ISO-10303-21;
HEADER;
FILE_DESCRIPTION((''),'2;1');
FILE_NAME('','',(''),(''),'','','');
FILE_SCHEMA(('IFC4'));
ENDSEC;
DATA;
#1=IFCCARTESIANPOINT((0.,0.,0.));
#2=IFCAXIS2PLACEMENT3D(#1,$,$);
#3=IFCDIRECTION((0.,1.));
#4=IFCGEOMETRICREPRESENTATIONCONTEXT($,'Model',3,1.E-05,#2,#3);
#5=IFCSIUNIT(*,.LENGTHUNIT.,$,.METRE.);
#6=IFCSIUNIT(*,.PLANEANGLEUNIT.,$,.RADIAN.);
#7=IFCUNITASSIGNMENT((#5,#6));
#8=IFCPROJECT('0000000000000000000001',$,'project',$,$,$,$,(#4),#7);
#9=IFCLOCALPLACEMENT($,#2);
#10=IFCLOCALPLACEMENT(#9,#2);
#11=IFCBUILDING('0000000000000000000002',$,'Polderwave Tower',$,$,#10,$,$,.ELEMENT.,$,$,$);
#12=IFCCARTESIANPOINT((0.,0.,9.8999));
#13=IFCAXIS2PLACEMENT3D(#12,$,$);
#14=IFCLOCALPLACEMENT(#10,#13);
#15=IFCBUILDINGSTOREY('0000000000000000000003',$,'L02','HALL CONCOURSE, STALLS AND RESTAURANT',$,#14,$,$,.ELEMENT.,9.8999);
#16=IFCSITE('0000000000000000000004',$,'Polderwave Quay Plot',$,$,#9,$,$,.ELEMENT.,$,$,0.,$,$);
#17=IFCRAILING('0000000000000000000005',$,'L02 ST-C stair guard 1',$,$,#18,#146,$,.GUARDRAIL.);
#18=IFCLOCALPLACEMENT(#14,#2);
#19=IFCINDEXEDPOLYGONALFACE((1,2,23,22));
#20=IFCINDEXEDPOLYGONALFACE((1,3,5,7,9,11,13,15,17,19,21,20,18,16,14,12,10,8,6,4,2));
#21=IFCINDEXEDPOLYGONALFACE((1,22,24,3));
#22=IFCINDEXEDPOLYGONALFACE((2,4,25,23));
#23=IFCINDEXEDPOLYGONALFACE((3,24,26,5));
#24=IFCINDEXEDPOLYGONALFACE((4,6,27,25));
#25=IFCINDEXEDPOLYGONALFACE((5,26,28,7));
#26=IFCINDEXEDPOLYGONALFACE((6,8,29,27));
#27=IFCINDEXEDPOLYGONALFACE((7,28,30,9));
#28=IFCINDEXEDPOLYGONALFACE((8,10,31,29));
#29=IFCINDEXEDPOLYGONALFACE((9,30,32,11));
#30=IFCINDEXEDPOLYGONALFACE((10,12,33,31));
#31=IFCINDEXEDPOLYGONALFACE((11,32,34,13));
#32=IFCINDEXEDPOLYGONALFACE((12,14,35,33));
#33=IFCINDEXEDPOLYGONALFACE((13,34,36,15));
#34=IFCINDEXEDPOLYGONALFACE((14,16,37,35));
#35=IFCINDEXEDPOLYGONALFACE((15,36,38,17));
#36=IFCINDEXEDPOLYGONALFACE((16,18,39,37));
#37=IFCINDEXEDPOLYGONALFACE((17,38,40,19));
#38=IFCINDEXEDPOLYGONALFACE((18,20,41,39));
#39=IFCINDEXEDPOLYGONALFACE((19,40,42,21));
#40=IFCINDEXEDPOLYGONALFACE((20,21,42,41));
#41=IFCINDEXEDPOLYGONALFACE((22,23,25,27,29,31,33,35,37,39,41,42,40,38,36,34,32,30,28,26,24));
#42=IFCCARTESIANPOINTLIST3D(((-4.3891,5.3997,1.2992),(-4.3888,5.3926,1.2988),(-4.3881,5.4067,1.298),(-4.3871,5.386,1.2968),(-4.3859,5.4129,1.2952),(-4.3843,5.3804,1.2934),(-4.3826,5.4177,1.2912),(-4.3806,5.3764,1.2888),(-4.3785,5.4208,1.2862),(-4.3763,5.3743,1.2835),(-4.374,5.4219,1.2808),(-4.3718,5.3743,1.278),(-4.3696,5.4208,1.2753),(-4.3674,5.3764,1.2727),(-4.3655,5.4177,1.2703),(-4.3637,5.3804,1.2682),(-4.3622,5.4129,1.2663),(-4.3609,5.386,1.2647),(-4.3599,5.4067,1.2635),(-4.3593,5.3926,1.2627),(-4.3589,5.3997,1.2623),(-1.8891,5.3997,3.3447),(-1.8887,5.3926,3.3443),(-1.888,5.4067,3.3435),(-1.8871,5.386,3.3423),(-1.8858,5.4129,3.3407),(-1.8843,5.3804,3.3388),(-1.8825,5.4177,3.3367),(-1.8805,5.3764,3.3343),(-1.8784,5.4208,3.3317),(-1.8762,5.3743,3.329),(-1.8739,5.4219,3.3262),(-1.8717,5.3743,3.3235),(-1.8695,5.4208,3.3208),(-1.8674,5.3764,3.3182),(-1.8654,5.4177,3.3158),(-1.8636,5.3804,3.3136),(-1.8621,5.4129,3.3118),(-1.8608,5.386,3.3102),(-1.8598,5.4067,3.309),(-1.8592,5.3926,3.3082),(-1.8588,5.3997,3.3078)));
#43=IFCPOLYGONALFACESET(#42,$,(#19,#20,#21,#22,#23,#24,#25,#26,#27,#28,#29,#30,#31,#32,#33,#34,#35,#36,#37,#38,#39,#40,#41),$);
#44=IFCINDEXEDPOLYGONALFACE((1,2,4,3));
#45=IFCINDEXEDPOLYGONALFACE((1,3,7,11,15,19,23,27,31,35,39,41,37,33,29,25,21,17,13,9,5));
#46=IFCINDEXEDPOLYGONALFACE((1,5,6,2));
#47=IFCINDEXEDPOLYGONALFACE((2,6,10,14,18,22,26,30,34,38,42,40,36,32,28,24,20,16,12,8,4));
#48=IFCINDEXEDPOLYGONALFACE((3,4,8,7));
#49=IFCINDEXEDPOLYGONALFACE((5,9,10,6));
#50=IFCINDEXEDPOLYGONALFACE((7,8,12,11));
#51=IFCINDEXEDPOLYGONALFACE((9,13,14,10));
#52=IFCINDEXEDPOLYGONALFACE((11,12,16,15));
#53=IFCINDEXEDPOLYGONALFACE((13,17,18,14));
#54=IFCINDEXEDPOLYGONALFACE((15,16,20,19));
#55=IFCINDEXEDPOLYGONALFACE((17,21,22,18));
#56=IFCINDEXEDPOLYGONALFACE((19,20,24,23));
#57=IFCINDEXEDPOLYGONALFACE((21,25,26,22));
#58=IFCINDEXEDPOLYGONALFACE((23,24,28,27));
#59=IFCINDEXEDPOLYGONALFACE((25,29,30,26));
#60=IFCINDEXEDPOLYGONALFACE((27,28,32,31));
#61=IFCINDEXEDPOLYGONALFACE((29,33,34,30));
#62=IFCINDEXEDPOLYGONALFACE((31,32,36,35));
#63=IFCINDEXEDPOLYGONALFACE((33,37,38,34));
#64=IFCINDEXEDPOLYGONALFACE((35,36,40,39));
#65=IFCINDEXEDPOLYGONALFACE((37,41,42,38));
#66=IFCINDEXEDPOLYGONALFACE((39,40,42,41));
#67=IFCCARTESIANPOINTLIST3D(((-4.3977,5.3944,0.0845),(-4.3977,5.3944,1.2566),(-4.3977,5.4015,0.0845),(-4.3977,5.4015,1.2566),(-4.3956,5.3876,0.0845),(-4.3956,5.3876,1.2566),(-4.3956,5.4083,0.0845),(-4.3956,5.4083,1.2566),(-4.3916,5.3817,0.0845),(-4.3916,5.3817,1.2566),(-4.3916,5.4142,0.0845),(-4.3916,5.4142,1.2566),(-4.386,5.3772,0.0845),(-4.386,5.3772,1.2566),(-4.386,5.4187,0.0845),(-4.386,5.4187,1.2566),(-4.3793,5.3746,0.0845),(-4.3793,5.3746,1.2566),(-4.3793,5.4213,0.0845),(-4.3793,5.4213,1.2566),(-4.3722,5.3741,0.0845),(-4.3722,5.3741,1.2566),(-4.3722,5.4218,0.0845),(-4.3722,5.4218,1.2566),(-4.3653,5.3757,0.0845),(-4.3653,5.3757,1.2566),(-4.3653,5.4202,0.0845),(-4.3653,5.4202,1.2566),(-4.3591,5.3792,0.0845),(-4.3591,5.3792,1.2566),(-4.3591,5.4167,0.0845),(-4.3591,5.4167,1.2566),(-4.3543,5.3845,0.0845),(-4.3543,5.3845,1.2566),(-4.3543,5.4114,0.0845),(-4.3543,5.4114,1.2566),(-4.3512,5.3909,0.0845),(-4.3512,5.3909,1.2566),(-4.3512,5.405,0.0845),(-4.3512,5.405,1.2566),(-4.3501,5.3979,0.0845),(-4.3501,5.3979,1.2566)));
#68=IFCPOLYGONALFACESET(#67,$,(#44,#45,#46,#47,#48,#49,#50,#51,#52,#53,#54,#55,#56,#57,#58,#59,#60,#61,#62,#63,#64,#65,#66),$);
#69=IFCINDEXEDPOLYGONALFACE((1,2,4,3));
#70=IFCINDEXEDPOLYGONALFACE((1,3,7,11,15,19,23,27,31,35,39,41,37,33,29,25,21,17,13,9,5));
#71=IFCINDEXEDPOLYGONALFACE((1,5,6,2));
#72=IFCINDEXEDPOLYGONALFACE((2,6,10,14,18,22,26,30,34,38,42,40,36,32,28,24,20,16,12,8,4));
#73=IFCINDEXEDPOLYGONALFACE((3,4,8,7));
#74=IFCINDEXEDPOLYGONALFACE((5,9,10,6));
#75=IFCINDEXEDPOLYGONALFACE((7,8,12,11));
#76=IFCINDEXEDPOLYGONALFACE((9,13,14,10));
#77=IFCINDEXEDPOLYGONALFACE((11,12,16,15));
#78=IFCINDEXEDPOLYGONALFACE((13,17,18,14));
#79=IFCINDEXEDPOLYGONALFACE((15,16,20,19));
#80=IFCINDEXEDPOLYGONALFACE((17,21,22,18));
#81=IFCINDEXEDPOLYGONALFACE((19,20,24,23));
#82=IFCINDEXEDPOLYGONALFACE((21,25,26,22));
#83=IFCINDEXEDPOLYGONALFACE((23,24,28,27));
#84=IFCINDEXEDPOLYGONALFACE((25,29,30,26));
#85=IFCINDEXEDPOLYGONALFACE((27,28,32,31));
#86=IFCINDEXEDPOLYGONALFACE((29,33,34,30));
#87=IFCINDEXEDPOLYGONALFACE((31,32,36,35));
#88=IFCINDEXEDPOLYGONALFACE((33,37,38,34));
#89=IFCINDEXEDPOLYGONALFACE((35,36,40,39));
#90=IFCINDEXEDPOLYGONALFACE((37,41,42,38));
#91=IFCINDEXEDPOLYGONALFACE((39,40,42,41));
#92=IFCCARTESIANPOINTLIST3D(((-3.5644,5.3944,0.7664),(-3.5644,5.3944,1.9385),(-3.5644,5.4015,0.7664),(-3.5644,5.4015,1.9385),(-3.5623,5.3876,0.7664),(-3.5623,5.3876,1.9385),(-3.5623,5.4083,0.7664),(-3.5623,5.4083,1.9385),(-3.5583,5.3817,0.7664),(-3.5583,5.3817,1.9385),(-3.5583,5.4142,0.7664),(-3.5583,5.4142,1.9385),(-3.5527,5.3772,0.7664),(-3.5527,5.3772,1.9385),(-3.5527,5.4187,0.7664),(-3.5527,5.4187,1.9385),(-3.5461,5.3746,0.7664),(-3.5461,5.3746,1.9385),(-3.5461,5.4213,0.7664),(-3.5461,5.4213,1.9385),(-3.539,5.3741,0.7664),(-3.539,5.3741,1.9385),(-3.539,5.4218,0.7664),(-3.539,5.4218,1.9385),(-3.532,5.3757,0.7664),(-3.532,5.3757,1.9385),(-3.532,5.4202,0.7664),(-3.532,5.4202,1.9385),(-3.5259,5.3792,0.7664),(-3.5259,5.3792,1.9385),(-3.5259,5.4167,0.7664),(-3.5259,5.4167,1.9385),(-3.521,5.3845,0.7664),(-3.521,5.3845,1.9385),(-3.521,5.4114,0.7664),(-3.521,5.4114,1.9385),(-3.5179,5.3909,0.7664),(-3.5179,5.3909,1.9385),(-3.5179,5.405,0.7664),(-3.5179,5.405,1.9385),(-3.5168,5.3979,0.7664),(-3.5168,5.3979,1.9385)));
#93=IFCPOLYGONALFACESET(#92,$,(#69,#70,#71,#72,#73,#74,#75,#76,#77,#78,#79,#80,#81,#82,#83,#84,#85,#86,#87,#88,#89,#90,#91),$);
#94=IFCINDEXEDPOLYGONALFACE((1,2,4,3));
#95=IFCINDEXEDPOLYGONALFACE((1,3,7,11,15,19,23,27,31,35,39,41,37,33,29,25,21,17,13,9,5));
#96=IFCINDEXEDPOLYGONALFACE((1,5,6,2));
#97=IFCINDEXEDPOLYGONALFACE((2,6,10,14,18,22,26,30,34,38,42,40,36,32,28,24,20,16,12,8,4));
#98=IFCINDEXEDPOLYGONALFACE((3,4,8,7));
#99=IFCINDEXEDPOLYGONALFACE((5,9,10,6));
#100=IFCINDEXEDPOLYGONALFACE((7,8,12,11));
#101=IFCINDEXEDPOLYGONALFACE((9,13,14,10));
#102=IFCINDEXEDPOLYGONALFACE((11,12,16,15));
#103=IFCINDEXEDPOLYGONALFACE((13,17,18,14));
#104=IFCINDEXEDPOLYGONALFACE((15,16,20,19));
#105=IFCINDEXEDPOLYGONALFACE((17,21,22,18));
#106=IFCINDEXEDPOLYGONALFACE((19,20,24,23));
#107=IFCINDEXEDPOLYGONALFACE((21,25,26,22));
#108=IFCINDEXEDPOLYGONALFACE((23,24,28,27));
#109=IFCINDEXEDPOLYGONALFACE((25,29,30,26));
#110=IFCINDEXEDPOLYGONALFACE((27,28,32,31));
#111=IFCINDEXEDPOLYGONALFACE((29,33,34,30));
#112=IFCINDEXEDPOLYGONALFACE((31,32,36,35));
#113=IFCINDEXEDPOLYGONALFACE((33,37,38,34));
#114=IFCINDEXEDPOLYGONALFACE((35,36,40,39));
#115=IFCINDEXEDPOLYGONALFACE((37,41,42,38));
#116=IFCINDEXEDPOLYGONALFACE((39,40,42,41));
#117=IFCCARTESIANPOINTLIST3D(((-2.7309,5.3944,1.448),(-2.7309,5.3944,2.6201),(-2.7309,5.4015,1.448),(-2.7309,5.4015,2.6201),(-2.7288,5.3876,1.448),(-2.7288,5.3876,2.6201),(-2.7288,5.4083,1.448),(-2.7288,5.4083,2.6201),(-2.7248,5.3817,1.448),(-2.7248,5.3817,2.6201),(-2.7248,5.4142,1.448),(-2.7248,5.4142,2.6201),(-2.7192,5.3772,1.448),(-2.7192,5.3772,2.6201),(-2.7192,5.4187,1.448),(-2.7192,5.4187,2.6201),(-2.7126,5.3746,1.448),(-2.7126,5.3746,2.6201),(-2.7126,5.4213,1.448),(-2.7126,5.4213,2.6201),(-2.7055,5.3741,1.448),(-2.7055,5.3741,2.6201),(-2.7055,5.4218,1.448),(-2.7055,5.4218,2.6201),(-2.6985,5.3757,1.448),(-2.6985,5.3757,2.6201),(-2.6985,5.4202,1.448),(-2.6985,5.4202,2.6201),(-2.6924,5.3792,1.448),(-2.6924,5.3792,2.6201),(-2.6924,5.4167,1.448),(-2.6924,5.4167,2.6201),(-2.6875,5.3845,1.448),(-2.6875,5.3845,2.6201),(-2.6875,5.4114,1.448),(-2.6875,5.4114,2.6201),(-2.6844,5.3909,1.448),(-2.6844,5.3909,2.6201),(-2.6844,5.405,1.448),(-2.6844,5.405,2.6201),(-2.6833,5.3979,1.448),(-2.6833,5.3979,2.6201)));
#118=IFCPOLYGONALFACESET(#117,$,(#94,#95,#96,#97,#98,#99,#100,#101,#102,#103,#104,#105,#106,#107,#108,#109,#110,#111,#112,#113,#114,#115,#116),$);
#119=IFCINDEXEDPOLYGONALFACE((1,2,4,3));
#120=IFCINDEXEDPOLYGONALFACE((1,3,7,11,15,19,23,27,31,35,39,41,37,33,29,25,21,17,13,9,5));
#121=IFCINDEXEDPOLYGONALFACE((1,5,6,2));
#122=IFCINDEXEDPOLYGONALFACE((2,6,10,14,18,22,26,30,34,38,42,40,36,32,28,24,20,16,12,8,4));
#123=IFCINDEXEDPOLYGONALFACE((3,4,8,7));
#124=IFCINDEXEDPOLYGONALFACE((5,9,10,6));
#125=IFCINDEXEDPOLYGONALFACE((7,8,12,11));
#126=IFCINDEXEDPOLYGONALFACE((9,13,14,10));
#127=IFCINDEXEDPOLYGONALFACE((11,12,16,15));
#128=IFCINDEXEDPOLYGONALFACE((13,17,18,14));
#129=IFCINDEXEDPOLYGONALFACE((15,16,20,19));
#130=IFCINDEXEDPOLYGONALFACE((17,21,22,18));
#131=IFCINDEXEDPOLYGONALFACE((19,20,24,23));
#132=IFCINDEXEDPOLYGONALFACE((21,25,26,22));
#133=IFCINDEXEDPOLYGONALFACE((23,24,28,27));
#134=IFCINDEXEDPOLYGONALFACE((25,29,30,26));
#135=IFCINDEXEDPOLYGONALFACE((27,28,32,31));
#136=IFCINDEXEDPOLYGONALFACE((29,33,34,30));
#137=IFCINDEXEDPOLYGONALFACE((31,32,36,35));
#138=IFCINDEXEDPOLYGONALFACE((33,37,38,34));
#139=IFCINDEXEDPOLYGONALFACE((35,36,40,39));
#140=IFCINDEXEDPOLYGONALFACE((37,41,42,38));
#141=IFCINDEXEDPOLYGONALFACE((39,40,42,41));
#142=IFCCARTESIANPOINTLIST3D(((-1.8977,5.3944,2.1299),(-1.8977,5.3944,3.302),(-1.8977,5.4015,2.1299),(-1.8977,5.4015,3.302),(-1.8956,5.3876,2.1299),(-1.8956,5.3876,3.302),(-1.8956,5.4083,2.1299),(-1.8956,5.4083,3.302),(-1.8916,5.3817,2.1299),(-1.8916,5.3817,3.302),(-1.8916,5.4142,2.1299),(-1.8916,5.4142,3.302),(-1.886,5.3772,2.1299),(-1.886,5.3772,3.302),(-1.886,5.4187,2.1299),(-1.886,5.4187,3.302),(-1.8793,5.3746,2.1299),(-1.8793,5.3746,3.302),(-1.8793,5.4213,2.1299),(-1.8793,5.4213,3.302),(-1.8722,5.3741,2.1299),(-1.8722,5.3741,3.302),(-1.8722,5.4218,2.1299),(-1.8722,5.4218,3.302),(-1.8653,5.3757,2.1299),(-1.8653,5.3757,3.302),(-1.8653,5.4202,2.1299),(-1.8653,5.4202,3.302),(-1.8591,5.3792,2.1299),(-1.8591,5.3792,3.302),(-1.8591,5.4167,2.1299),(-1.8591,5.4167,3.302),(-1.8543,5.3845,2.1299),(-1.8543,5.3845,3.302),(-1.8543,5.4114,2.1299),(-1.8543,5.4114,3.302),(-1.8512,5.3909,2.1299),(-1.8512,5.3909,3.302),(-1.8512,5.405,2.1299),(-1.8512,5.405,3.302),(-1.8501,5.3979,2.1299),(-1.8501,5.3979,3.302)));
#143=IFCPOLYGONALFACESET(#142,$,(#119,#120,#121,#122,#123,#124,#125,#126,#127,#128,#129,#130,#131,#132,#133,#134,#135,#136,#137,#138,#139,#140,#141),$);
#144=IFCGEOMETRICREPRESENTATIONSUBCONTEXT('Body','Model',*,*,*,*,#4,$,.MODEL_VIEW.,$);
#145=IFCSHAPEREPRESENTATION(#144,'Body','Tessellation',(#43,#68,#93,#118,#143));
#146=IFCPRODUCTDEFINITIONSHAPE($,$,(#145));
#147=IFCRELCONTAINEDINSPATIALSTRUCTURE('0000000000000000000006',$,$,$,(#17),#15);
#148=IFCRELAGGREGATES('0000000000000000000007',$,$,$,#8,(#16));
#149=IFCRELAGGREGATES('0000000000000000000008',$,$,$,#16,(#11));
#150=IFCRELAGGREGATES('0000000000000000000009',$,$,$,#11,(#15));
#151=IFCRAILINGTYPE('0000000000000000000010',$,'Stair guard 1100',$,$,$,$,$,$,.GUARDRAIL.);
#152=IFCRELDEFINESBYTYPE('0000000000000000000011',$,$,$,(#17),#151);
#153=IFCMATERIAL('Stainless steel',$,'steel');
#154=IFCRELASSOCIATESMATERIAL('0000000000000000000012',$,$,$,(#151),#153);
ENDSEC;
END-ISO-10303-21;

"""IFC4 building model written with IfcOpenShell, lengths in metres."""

from ifc_helpers import new_model, si_unit, direction, frame, origin, origin_2d, place, context, subcontext, project, spatial, circle, extrude, material, type_object, element, save


model = new_model("IFC4")

# Units and contexts
model_context = context("Model", 3, precision=1e-05, world=origin(), true_north=direction((0.0, 1.0)))
body_context = subcontext(model_context, "Body", "Model", "MODEL_VIEW")
ifc_project = project(units=[si_unit("LENGTHUNIT", "METRE"), si_unit("PLANEANGLEUNIT", "RADIAN")], contexts=[model_context])

# Site, building, storey
site_placement = place(None, origin())
site = spatial("IfcSite", under=ifc_project, at=site_placement, Name="Polderwave Quay Plot", CompositionType="ELEMENT", RefElevation=0.0)
building_placement = place(site_placement, origin())
building = spatial("IfcBuilding", under=site, at=building_placement, Name="Polderwave Tower", CompositionType="ELEMENT")
storey_placement = place(building_placement, frame((0.0, 0.0, 9.8999)))
storey = spatial("IfcBuildingStorey", under=building, at=storey_placement, Name="L02", Description="HALL CONCOURSE, STALLS AND RESTAURANT", CompositionType="ELEMENT", Elevation=9.8999)

# Railing
ifc_material_1 = material(Name="Stainless steel", Category="steel")
railing_type_1 = type_object("IfcRailingType", Name="Stair guard 1100", PredefinedType="GUARDRAIL", material=ifc_material_1)
railing_1_placement = place(storey_placement, frame((-4.374, 5.3979, 0.0845)))
element("IfcRailing", 1, at=railing_1_placement, inside=storey, type_object=railing_type_1, Name="L02 ST-C stair guard 1", PredefinedType="GUARDRAIL", context=body_context, shape_type="SweptSolid", body=[
    extrude(circle(Radius=0.0239, at=origin_2d()), frame((0.0, 0.0, 1.1963), z_axis=(0.773964, 0.0, 0.63323), x_axis=(0.0, 1.0, 0.0)), (0.0, 0.0, 1.0), 3.2302),
    extrude(circle(Radius=0.0239, at=origin_2d()), origin(), (0.0, 0.0, 1.0), 1.1721),
    extrude(circle(Radius=0.0239, at=origin_2d()), frame((0.8333, 0.0, 0.6819)), (0.0, 0.0, 1.0), 1.1721),
    extrude(circle(Radius=0.0239, at=origin_2d()), frame((1.6667, 0.0, 1.3635)), (0.0, 0.0, 1.0), 1.1721),
    extrude(circle(Radius=0.0239, at=origin_2d()), frame((2.5, 0.0, 2.0454)), (0.0, 0.0, 1.0), 1.1721),
])

save(model, "model.ifc")
